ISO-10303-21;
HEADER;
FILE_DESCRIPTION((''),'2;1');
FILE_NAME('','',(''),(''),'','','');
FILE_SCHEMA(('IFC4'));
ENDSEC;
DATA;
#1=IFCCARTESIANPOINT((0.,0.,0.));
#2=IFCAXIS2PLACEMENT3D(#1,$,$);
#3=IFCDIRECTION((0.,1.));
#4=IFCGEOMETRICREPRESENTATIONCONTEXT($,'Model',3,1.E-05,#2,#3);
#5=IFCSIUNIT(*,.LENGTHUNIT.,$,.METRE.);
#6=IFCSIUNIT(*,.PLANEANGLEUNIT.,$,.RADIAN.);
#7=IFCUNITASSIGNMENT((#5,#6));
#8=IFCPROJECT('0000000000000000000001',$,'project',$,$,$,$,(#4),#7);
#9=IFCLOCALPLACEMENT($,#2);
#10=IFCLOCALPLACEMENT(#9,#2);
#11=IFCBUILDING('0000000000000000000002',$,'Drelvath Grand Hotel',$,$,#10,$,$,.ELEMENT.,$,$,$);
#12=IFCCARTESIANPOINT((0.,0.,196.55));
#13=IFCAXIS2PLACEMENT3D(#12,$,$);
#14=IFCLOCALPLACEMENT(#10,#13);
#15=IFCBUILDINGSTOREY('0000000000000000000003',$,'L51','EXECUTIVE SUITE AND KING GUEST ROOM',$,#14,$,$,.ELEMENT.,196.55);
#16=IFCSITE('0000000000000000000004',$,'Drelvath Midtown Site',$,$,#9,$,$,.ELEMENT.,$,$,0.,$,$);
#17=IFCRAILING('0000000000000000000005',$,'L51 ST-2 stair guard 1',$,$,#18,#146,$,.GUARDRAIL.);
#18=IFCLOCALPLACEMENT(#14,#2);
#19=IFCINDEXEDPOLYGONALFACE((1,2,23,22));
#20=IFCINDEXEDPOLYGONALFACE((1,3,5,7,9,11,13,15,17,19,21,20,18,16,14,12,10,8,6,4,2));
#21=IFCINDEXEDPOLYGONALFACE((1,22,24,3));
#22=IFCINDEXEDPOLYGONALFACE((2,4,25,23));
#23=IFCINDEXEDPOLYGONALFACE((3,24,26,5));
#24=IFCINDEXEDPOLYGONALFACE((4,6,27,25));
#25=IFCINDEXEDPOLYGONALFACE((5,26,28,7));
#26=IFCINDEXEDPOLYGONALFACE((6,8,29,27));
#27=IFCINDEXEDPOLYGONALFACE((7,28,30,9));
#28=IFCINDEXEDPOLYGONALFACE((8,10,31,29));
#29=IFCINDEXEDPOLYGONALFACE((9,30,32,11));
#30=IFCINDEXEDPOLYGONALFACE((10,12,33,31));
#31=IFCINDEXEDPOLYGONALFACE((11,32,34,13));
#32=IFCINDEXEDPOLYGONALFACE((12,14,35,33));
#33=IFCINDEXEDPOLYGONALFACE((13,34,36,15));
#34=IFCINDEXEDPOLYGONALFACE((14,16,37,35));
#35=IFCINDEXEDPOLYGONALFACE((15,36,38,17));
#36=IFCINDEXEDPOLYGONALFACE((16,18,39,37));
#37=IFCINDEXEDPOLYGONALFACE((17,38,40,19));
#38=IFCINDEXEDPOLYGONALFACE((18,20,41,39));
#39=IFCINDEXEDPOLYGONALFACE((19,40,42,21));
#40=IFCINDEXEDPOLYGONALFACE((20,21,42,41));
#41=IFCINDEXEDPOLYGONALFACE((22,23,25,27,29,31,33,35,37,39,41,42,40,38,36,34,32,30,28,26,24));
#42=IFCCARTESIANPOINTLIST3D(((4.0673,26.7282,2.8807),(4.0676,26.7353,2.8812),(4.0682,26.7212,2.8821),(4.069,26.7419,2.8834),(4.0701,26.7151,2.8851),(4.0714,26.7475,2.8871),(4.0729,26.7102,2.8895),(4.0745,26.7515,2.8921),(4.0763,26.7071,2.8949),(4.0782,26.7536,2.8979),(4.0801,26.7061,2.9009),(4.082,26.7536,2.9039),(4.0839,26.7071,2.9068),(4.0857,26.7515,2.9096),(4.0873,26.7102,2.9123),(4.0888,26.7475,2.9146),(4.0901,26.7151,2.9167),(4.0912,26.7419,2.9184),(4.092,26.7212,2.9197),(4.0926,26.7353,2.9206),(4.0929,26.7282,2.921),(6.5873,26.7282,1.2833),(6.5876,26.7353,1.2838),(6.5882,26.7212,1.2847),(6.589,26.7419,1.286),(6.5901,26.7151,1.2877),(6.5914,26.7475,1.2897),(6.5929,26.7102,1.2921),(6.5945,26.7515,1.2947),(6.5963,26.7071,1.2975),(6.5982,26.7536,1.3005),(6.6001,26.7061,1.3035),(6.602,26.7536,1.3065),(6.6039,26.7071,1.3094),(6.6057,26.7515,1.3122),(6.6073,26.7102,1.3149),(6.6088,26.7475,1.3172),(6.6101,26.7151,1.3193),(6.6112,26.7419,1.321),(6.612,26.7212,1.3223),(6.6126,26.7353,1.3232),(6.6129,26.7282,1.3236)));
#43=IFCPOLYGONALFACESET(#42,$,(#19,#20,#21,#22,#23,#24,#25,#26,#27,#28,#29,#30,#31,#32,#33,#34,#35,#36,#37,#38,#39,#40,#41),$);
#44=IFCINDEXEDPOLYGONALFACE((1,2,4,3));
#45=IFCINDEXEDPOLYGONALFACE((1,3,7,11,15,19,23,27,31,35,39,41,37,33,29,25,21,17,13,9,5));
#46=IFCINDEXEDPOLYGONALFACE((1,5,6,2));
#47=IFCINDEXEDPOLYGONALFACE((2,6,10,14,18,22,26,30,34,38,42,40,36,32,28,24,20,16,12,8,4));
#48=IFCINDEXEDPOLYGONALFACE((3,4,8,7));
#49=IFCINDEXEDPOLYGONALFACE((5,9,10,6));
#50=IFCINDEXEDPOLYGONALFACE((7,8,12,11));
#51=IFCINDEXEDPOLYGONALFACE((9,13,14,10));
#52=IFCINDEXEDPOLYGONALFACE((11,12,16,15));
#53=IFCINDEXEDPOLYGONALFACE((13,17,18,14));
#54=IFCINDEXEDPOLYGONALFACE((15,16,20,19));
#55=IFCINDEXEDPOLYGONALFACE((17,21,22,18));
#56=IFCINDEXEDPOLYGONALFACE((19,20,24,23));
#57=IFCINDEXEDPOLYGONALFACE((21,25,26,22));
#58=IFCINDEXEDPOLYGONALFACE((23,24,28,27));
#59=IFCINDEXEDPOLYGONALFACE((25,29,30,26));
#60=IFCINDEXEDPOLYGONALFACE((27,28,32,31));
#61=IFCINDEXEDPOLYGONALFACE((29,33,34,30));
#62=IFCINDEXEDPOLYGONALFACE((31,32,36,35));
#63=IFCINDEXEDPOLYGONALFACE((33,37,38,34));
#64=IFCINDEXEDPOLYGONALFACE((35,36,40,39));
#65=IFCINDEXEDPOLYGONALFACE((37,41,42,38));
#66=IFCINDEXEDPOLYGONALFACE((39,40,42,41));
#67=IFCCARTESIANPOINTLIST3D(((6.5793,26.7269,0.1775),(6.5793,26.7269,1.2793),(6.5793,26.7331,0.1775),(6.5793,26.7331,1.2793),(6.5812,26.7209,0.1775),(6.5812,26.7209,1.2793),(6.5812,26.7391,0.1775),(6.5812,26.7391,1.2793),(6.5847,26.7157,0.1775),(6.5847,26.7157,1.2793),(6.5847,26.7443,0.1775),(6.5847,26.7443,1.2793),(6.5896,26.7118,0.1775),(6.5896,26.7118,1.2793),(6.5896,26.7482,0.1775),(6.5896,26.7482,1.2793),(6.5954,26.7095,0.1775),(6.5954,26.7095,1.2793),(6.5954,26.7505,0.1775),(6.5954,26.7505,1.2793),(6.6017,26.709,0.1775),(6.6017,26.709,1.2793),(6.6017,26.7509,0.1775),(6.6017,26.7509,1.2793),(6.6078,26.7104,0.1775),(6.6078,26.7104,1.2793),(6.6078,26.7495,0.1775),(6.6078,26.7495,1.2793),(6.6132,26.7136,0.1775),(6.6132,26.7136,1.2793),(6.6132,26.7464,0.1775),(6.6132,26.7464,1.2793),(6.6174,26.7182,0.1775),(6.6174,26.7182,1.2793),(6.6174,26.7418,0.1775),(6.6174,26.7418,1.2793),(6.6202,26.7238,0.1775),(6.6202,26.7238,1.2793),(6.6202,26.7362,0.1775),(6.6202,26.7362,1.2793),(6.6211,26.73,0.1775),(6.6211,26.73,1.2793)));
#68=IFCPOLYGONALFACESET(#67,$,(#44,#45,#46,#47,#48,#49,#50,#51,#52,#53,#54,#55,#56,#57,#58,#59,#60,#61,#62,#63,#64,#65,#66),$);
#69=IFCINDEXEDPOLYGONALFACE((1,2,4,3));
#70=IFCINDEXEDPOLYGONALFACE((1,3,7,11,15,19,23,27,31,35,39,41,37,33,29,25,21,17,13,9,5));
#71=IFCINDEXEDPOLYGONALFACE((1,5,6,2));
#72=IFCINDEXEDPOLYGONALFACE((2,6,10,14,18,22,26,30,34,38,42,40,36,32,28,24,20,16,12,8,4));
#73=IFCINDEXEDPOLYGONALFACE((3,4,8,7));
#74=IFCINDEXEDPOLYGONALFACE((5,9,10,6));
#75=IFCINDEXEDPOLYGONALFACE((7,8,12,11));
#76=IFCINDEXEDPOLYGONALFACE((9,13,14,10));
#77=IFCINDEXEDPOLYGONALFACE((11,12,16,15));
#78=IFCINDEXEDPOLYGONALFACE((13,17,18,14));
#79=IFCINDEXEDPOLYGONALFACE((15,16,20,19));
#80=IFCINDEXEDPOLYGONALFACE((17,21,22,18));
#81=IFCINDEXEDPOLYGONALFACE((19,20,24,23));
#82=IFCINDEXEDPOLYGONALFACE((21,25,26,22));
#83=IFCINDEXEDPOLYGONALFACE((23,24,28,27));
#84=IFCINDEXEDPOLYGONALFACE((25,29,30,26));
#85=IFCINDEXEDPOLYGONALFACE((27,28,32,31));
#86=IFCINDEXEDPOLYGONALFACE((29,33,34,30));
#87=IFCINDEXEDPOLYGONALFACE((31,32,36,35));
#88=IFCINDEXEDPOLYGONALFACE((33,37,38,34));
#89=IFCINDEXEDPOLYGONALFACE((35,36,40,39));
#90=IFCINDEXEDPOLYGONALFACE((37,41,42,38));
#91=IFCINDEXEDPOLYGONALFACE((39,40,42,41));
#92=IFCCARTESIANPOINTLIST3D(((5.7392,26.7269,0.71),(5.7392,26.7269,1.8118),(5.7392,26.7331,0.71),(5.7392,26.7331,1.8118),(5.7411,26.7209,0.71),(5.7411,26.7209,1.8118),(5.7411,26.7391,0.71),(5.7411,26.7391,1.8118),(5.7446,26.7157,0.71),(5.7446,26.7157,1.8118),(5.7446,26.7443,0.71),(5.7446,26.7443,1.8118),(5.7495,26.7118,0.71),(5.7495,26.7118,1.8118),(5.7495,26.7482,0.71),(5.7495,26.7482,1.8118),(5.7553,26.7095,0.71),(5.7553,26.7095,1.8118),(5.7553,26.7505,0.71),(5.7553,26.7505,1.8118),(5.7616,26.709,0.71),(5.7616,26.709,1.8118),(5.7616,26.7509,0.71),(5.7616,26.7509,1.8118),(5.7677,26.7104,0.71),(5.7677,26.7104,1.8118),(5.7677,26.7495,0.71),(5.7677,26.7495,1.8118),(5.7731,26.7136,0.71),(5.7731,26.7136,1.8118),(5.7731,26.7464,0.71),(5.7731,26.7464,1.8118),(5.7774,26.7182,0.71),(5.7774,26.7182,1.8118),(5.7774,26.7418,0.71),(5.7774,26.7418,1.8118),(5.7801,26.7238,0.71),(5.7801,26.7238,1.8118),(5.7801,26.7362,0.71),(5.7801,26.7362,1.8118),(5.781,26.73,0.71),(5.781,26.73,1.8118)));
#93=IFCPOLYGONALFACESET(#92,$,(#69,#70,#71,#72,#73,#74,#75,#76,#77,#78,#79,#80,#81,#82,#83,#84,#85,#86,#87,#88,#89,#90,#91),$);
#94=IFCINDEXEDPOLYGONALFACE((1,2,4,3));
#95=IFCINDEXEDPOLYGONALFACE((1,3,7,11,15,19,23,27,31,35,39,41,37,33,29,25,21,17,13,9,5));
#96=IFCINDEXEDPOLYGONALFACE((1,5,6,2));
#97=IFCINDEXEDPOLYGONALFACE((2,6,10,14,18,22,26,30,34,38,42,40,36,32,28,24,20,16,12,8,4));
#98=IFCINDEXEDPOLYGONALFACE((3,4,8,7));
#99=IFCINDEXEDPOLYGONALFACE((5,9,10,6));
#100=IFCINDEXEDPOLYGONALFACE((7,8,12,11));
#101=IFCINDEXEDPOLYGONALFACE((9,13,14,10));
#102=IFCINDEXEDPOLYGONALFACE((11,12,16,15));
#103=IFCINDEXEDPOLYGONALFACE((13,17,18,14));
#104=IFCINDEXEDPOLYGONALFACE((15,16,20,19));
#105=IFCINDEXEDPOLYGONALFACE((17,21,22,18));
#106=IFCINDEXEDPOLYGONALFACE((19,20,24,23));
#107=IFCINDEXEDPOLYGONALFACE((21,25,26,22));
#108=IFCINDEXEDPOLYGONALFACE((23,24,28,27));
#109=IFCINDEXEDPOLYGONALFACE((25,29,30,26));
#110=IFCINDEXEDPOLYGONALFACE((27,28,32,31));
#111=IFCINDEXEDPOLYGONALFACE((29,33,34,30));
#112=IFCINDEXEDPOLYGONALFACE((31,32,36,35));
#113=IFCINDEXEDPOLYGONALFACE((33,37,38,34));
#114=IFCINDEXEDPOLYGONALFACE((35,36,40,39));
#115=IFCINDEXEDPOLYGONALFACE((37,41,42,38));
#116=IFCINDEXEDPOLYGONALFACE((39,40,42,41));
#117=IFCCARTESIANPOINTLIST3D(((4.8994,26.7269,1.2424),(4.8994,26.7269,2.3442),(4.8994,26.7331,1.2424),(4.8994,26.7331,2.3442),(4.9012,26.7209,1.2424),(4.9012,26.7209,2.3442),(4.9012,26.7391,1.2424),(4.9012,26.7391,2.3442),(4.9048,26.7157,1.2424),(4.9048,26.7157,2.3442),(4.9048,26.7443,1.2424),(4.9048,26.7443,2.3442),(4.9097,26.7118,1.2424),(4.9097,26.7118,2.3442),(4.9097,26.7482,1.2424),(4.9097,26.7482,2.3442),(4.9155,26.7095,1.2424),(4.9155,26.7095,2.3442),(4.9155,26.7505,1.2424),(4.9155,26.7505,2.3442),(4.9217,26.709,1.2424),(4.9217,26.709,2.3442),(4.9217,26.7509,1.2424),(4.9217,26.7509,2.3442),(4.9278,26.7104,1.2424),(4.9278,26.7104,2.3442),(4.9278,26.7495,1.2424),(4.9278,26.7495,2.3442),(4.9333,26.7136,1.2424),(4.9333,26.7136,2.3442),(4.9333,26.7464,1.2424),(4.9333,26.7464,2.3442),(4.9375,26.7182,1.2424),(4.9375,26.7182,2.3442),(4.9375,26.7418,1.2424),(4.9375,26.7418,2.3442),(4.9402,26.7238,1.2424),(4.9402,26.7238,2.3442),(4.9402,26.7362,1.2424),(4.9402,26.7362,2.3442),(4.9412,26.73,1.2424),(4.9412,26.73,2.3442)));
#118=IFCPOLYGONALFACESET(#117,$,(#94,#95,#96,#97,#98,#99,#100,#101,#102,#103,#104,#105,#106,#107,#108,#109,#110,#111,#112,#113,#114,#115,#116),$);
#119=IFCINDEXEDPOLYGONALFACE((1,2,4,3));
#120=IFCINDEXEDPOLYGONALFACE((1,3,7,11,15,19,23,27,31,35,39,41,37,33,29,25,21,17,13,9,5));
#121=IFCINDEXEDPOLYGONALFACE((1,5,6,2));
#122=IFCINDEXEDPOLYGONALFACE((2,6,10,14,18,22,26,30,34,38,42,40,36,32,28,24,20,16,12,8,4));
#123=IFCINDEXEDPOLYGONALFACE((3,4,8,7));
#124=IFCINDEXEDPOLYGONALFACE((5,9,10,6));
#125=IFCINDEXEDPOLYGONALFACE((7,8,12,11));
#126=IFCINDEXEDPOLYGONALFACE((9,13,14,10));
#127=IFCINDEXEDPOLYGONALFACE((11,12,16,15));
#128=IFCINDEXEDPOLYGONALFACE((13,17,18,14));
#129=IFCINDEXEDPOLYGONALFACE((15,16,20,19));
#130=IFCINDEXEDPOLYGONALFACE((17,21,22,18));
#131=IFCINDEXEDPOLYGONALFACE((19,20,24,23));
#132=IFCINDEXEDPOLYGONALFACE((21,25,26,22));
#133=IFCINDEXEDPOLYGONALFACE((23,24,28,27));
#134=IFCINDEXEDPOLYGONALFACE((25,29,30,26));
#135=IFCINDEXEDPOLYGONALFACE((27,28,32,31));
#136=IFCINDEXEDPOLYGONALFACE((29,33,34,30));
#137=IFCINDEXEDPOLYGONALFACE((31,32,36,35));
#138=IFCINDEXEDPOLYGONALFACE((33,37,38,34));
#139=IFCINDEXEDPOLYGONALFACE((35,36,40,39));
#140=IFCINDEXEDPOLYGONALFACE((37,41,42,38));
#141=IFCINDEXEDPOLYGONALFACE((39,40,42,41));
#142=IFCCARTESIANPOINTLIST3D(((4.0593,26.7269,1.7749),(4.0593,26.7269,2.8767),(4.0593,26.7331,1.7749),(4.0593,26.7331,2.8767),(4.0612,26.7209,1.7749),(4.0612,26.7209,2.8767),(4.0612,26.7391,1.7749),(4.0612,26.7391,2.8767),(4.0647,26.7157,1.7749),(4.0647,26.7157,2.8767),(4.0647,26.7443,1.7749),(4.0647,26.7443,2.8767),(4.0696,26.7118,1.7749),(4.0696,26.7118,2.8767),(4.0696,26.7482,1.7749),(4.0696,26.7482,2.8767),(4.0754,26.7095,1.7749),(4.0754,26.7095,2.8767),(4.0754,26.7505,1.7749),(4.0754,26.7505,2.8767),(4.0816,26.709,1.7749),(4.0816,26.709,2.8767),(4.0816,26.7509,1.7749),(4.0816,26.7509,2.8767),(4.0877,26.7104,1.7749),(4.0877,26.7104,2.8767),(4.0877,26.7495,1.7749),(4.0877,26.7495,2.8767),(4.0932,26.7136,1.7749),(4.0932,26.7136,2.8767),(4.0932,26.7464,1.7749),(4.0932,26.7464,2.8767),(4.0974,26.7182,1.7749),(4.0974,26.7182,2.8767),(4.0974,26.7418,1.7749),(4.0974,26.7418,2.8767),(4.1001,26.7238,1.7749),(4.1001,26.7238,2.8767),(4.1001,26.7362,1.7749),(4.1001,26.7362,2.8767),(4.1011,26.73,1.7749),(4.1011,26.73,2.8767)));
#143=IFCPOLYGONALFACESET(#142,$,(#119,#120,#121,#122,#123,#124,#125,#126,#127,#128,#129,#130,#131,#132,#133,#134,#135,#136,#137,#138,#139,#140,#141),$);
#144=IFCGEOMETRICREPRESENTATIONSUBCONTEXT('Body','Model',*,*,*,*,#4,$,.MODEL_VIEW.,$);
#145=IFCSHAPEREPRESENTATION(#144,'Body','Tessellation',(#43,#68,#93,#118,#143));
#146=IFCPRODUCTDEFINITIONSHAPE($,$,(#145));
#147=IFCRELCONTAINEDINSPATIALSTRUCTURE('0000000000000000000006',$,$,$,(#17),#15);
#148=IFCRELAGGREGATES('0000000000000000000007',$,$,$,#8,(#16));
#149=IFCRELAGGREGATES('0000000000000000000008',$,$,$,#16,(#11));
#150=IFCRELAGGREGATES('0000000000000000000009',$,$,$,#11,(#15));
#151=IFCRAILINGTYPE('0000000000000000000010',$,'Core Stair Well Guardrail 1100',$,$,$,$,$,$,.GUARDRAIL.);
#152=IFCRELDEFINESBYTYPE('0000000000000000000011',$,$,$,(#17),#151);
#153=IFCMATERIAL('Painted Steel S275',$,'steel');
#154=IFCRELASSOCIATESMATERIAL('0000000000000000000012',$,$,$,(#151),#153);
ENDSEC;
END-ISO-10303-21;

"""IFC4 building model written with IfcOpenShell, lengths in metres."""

from ifc_helpers import new_model, si_unit, direction, frame, origin, origin_2d, place, context, subcontext, project, spatial, circle, extrude, material, type_object, element, save


model = new_model("IFC4")

# Units and contexts
model_context = context("Model", 3, precision=1e-05, world=origin(), true_north=direction((0.0, 1.0)))
body_context = subcontext(model_context, "Body", "Model", "MODEL_VIEW")
ifc_project = project(units=[si_unit("LENGTHUNIT", "METRE"), si_unit("PLANEANGLEUNIT", "RADIAN")], contexts=[model_context])

# Site, building, storey
site_placement = place(None, origin())
site = spatial("IfcSite", under=ifc_project, at=site_placement, Name="Drelvath Midtown Site", CompositionType="ELEMENT", RefElevation=0.0)
building_placement = place(site_placement, origin())
building = spatial("IfcBuilding", under=site, at=building_placement, Name="Drelvath Grand Hotel", CompositionType="ELEMENT")
storey_placement = place(building_placement, frame((0.0, 0.0, 196.55)))
storey = spatial("IfcBuildingStorey", under=building, at=storey_placement, Name="L51", Description="EXECUTIVE SUITE AND KING GUEST ROOM", CompositionType="ELEMENT", Elevation=196.55)

# Shared definitions
ifc_material_1 = material(Name="Painted Steel S275", Category="steel")

# Railing
railing_type_1 = type_object("IfcRailingType", Name="Core Stair Well Guardrail 1100", PredefinedType="GUARDRAIL", material=ifc_material_1)
railing_1_placement = place(storey_placement, frame((6.6001, 26.73, 0.1775)))
element("IfcRailing", 1, at=railing_1_placement, inside=storey, type_object=railing_type_1, Name="L51 ST-2 stair guard 1", PredefinedType="GUARDRAIL", context=body_context, shape_type="SweptSolid", body=[
    extrude(circle(Radius=0.0239, at=origin_2d()), frame((0.0, 0.0, 1.126), z_axis=(-0.844607, 0.0, 0.535387), x_axis=(0.0, -1.0, 0.0)), (0.0, 0.0, 1.0), 2.9836),
    extrude(circle(Radius=0.021, at=origin_2d()), origin(), (0.0, 0.0, 1.0), 1.1018),
    extrude(circle(Radius=0.021, at=origin_2d()), frame((-0.8401, 0.0, 0.5325)), (0.0, 0.0, 1.0), 1.1018),
    extrude(circle(Radius=0.021, at=origin_2d()), frame((-1.6799, 0.0, 1.0649)), (0.0, 0.0, 1.0), 1.1018),
    extrude(circle(Radius=0.021, at=origin_2d()), frame((-2.52, 0.0, 1.5974)), (0.0, 0.0, 1.0), 1.1018),
])

save(model, "model.ifc")
